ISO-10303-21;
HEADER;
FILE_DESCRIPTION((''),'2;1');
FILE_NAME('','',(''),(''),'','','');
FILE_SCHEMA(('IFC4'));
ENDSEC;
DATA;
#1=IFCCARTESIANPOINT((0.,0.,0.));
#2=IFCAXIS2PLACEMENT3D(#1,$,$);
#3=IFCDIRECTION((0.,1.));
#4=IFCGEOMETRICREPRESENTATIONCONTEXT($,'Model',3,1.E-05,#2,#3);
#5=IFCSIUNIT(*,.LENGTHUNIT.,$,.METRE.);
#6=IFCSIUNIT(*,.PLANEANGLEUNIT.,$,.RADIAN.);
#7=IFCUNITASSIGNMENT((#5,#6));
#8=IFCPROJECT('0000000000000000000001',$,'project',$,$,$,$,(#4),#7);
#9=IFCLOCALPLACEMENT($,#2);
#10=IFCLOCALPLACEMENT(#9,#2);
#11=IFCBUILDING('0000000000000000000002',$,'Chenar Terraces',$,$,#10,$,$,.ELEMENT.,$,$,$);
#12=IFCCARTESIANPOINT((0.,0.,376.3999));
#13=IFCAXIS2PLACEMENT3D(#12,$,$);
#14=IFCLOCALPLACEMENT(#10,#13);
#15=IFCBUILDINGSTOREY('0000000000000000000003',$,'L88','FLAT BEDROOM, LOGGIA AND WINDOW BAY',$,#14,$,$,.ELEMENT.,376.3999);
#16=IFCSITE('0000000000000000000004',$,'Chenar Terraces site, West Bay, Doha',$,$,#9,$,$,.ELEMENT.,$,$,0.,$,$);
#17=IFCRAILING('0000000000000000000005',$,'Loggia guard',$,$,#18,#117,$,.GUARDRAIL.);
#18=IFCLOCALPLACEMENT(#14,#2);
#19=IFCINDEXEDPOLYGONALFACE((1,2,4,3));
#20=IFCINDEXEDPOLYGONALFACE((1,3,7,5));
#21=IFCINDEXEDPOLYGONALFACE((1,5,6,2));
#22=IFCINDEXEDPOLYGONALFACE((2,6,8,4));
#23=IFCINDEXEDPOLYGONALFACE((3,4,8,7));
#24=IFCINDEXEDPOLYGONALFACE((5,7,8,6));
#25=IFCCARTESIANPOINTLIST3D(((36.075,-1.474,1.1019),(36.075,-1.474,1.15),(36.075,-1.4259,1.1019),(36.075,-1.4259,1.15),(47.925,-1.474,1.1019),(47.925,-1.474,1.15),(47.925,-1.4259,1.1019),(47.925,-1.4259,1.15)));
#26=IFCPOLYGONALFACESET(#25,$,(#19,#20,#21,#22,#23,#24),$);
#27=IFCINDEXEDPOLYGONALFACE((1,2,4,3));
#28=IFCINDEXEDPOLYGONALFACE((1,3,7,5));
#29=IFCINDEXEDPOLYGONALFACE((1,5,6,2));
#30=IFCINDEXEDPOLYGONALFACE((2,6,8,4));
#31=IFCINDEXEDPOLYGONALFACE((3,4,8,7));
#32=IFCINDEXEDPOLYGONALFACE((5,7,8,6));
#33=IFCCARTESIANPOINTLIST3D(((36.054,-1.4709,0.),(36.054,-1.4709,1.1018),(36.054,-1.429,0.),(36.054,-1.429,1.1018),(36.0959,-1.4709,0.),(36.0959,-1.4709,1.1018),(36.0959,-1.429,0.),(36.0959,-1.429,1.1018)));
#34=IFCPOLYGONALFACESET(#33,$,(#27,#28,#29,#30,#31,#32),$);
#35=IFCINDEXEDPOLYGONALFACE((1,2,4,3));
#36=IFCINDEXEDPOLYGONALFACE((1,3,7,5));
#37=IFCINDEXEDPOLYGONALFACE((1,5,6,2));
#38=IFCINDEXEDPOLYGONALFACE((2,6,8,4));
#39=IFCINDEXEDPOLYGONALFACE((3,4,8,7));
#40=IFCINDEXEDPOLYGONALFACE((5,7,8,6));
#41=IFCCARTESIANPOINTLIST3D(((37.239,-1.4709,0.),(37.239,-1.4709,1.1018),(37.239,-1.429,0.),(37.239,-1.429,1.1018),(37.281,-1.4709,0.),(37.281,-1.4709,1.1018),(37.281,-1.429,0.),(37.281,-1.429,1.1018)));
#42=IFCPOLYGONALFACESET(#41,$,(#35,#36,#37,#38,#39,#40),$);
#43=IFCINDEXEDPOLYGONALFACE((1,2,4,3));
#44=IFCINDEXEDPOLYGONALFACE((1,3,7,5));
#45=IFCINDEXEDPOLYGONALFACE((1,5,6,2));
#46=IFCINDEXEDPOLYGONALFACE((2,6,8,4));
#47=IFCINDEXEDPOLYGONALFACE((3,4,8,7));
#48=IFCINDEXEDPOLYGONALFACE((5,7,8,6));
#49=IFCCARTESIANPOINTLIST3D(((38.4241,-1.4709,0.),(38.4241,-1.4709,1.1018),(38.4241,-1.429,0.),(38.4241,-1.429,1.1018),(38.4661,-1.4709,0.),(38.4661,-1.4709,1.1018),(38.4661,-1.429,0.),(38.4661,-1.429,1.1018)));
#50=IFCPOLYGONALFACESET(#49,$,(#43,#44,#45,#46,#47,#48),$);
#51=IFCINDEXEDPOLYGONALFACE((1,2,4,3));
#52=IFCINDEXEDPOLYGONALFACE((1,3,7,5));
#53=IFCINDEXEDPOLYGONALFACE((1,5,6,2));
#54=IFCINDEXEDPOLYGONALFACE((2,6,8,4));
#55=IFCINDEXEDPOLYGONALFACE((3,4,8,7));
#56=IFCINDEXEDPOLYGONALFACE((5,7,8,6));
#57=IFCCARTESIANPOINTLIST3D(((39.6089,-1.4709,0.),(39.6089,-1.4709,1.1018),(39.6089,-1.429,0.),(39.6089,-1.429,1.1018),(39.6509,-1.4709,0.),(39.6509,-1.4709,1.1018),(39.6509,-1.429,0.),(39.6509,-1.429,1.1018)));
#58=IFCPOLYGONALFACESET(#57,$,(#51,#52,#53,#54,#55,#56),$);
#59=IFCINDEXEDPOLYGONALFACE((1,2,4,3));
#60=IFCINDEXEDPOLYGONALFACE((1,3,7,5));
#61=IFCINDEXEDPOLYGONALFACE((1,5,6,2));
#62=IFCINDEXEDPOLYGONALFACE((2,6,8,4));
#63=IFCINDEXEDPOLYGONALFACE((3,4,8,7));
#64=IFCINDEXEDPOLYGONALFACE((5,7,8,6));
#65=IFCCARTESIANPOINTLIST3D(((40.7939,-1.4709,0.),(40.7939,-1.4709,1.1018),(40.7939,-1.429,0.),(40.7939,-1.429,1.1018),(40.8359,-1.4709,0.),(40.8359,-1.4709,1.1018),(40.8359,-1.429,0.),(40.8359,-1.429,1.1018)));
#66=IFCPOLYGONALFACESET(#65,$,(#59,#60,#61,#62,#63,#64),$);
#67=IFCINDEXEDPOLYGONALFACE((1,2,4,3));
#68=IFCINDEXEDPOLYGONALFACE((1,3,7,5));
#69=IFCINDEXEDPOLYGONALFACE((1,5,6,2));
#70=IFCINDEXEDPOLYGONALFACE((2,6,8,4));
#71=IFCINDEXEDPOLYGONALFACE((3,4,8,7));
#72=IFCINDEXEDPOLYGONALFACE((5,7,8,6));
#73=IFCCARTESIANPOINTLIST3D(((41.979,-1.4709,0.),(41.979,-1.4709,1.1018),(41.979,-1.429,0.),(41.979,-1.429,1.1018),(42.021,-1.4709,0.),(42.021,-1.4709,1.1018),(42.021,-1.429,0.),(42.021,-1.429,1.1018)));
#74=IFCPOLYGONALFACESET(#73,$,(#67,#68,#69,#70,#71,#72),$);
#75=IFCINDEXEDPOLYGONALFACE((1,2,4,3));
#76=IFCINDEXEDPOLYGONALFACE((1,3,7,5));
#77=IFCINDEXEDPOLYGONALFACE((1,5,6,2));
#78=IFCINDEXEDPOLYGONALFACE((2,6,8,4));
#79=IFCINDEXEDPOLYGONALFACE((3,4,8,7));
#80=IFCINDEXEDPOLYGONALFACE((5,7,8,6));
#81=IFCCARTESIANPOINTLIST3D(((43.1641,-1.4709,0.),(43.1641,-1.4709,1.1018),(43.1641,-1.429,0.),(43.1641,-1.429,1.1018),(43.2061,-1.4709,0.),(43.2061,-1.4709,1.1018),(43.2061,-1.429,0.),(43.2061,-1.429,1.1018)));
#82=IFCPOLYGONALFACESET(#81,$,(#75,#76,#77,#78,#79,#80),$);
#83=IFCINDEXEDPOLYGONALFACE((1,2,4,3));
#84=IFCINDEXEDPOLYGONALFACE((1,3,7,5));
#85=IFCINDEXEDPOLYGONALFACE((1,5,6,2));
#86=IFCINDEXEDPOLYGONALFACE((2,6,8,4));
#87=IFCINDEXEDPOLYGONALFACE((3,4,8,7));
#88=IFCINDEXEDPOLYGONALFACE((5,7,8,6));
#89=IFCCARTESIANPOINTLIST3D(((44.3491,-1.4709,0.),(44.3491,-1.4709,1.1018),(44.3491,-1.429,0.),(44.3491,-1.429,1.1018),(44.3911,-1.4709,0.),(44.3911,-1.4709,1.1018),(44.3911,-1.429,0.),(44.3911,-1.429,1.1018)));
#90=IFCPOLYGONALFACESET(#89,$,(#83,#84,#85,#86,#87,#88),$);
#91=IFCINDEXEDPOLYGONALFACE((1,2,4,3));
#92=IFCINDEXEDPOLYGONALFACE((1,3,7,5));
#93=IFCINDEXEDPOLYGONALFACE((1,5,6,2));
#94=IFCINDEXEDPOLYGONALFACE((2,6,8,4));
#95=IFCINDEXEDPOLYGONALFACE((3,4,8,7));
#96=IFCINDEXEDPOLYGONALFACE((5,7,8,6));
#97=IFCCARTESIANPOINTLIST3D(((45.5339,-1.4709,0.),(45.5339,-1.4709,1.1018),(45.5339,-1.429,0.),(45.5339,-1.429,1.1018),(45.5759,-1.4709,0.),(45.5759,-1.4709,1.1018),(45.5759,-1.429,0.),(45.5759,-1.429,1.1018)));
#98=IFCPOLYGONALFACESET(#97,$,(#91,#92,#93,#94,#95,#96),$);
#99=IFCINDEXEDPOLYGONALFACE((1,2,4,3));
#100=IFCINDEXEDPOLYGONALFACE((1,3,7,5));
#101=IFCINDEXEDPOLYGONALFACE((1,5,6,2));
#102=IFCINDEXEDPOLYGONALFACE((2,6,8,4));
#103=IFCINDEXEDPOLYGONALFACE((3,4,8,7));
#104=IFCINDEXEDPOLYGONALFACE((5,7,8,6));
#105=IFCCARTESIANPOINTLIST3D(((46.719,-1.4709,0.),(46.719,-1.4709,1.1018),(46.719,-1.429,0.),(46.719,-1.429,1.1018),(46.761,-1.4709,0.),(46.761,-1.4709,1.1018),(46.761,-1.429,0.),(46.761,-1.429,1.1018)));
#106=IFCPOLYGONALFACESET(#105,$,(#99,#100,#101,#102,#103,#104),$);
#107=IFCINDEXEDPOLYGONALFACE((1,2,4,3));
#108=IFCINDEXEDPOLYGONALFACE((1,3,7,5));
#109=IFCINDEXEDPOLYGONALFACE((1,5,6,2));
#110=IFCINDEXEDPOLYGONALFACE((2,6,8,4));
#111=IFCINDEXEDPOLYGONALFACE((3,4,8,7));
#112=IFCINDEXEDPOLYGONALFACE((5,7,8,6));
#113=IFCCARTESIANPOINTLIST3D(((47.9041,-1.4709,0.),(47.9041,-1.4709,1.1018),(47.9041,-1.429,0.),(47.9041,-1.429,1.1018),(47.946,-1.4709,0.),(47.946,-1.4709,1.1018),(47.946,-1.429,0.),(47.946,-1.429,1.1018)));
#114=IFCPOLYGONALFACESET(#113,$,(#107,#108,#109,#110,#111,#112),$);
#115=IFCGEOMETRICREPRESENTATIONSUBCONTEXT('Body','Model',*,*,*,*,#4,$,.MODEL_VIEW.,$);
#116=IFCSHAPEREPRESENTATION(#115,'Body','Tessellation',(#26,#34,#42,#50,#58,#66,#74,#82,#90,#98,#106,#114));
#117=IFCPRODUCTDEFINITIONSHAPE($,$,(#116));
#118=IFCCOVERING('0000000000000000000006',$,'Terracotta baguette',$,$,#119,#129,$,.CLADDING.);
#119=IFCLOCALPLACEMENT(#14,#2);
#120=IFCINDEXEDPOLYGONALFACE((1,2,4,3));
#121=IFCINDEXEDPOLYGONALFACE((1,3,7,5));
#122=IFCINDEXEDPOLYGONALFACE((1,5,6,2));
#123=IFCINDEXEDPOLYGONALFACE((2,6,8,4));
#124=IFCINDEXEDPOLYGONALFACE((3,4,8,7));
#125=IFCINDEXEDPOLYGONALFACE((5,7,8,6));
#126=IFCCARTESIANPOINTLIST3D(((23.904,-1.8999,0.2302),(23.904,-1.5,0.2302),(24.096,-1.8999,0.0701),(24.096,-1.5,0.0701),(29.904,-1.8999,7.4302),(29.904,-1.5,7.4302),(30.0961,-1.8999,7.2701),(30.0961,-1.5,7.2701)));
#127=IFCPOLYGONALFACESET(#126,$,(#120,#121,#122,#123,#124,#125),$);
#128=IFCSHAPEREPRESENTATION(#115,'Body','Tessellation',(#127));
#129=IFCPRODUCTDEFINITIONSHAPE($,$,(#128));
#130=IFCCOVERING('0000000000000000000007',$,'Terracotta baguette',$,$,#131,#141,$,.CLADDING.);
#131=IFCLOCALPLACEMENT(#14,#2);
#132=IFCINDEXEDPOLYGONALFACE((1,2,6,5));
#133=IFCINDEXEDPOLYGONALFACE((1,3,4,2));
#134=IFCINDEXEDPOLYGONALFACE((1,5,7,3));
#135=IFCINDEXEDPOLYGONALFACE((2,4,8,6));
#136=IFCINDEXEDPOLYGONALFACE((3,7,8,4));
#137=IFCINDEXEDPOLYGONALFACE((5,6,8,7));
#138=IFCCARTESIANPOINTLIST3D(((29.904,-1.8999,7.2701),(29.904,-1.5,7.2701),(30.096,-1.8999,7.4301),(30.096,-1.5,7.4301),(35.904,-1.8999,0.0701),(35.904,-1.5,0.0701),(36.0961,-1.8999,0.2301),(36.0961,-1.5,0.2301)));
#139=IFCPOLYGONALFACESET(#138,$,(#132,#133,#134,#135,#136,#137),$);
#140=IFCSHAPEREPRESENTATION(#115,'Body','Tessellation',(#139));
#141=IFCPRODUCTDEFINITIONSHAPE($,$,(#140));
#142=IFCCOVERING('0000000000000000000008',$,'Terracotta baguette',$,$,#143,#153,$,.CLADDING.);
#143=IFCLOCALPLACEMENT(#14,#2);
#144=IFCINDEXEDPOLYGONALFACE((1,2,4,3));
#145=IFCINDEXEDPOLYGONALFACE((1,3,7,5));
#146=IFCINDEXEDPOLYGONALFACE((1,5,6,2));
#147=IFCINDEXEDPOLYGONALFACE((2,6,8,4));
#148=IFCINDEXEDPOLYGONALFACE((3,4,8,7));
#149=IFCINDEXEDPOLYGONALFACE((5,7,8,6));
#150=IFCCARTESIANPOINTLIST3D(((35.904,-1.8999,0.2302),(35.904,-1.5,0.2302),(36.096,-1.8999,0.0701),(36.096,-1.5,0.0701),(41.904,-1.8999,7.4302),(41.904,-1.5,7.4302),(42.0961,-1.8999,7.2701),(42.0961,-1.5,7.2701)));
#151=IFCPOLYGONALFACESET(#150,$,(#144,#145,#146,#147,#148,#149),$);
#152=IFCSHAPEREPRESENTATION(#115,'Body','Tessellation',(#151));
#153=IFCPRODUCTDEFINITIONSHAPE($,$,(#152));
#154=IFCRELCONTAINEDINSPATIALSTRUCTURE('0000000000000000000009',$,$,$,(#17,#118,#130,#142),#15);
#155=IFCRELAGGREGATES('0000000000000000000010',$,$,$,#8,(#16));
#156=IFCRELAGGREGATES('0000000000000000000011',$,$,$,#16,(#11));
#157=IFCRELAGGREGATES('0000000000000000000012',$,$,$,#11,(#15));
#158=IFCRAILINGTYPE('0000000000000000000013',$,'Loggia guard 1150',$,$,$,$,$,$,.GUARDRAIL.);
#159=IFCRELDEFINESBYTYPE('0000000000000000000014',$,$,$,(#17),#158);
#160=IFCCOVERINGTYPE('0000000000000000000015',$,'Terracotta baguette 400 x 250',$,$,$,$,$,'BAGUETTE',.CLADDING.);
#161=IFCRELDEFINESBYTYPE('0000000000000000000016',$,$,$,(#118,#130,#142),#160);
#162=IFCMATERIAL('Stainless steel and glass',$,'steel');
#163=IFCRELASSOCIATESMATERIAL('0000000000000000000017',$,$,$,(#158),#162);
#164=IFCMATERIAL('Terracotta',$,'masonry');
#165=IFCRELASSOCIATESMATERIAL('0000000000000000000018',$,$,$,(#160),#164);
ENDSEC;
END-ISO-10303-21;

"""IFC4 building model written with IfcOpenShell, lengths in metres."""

from ifc_helpers import new_model, si_unit, direction, frame, origin, origin_2d, place, context, subcontext, project, spatial, rectangle, extrude, material, material_profile, profile_set, type_object, element, save


model = new_model("IFC4")

# Units and contexts
model_context = context("Model", 3, precision=1e-05, world=origin(), true_north=direction((0.0, 1.0)))
body_context = subcontext(model_context, "Body", "Model", "MODEL_VIEW")
ifc_project = project(units=[si_unit("LENGTHUNIT", "METRE"), si_unit("PLANEANGLEUNIT", "RADIAN")], contexts=[model_context])

# Site, building, storey
site_placement = place(None, origin())
site = spatial("IfcSite", under=ifc_project, at=site_placement, Name="Chenar Terraces site, West Bay, Doha", CompositionType="ELEMENT", RefElevation=0.0)
building_placement = place(site_placement, origin())
building = spatial("IfcBuilding", under=site, at=building_placement, Name="Chenar Terraces", CompositionType="ELEMENT")
storey_placement = place(building_placement, frame((0.0, 0.0, 376.3999)))
storey = spatial("IfcBuildingStorey", under=building, at=storey_placement, Name="L88", Description="FLAT BEDROOM, LOGGIA AND WINDOW BAY", CompositionType="ELEMENT", Elevation=376.3999)

# Railing
ifc_material_1 = material(Name="Stainless steel and glass", Category="steel")
railing_type = type_object("IfcRailingType", Name="Loggia guard 1150", PredefinedType="GUARDRAIL", material=ifc_material_1)
railing_placement = place(storey_placement, frame((36.075, -1.45, 0.0)))
element("IfcRailing", 1, at=railing_placement, inside=storey, type_object=railing_type, Name="Loggia guard", PredefinedType="GUARDRAIL", context=body_context, shape_type="SweptSolid", body=[
    extrude(rectangle(XDim=0.0481, YDim=0.0481, at=origin_2d()), frame((0.0, 0.0, 1.126), z_axis=(1.0, 0.0, 0.0), x_axis=(0.0, 1.0, 0.0)), (0.0, 0.0, 1.0), 11.8501),
    extrude(rectangle(XDim=0.042, YDim=0.042, at=origin_2d()), origin(), (0.0, 0.0, 1.0), 1.1018),
    extrude(rectangle(XDim=0.042, YDim=0.042, at=origin_2d()), frame((1.1851, 0.0, 0.0)), (0.0, 0.0, 1.0), 1.1018),
    extrude(rectangle(XDim=0.042, YDim=0.042, at=origin_2d()), frame((2.3701, 0.0, 0.0)), (0.0, 0.0, 1.0), 1.1018),
    extrude(rectangle(XDim=0.042, YDim=0.042, at=origin_2d()), frame((3.5549, 0.0, 0.0)), (0.0, 0.0, 1.0), 1.1018),
    extrude(rectangle(XDim=0.042, YDim=0.042, at=origin_2d()), frame((4.74, 0.0, 0.0)), (0.0, 0.0, 1.0), 1.1018),
    extrude(rectangle(XDim=0.042, YDim=0.042, at=origin_2d()), frame((5.925, 0.0, 0.0)), (0.0, 0.0, 1.0), 1.1018),
    extrude(rectangle(XDim=0.042, YDim=0.042, at=origin_2d()), frame((7.1101, 0.0, 0.0)), (0.0, 0.0, 1.0), 1.1018),
    extrude(rectangle(XDim=0.042, YDim=0.042, at=origin_2d()), frame((8.2952, 0.0, 0.0)), (0.0, 0.0, 1.0), 1.1018),
    extrude(rectangle(XDim=0.042, YDim=0.042, at=origin_2d()), frame((9.48, 0.0, 0.0)), (0.0, 0.0, 1.0), 1.1018),
    extrude(rectangle(XDim=0.042, YDim=0.042, at=origin_2d()), frame((10.665, 0.0, 0.0)), (0.0, 0.0, 1.0), 1.1018),
    extrude(rectangle(XDim=0.042, YDim=0.042, at=origin_2d()), frame((11.8501, 0.0, 0.0)), (0.0, 0.0, 1.0), 1.1018),
])

# Coverings
ifc_material_2 = material(Name="Terracotta", Category="masonry")
ifc_material_profile_1 = material_profile(ifc_material_2, rectangle(XDim=0.3999, YDim=0.25, at=origin_2d()), Name="Terracotta baguette 400 x 250")
ifc_profile_set_1 = profile_set([ifc_material_profile_1], Name="Terracotta")
covering_type = type_object("IfcCoveringType", Name="Terracotta baguette 400 x 250", ElementType="BAGUETTE", PredefinedType="CLADDING", material=ifc_profile_set_1)
for number, where, z_axis, x_axis, name in (
    (2, (24.0, -1.7, 0.1501), (0.640187, 0.0, 0.768219), (0.0, 1.0, 0.0), "Terracotta baguette"),
    (3, (30.0, -1.7, 7.3501), (0.640187, 0.0, -0.768219), (0.0, 1.0, 0.0), "Terracotta baguette"),
    (4, (36.0, -1.7, 0.1501), (0.640187, 0.0, 0.768219), (0.0, 1.0, 0.0), "Terracotta baguette"),
):
    element("IfcCovering", number, at=place(storey_placement, frame(where, z_axis=z_axis, x_axis=x_axis)), inside=storey, type_object=covering_type, Name=name, PredefinedType="CLADDING", context=body_context, shape_type="SweptSolid", body=[
        extrude(rectangle(XDim=0.3999, YDim=0.25, at=origin_2d()), origin(), (0.0, 0.0, 1.0), 9.3723),
    ])

save(model, "model.ifc")
